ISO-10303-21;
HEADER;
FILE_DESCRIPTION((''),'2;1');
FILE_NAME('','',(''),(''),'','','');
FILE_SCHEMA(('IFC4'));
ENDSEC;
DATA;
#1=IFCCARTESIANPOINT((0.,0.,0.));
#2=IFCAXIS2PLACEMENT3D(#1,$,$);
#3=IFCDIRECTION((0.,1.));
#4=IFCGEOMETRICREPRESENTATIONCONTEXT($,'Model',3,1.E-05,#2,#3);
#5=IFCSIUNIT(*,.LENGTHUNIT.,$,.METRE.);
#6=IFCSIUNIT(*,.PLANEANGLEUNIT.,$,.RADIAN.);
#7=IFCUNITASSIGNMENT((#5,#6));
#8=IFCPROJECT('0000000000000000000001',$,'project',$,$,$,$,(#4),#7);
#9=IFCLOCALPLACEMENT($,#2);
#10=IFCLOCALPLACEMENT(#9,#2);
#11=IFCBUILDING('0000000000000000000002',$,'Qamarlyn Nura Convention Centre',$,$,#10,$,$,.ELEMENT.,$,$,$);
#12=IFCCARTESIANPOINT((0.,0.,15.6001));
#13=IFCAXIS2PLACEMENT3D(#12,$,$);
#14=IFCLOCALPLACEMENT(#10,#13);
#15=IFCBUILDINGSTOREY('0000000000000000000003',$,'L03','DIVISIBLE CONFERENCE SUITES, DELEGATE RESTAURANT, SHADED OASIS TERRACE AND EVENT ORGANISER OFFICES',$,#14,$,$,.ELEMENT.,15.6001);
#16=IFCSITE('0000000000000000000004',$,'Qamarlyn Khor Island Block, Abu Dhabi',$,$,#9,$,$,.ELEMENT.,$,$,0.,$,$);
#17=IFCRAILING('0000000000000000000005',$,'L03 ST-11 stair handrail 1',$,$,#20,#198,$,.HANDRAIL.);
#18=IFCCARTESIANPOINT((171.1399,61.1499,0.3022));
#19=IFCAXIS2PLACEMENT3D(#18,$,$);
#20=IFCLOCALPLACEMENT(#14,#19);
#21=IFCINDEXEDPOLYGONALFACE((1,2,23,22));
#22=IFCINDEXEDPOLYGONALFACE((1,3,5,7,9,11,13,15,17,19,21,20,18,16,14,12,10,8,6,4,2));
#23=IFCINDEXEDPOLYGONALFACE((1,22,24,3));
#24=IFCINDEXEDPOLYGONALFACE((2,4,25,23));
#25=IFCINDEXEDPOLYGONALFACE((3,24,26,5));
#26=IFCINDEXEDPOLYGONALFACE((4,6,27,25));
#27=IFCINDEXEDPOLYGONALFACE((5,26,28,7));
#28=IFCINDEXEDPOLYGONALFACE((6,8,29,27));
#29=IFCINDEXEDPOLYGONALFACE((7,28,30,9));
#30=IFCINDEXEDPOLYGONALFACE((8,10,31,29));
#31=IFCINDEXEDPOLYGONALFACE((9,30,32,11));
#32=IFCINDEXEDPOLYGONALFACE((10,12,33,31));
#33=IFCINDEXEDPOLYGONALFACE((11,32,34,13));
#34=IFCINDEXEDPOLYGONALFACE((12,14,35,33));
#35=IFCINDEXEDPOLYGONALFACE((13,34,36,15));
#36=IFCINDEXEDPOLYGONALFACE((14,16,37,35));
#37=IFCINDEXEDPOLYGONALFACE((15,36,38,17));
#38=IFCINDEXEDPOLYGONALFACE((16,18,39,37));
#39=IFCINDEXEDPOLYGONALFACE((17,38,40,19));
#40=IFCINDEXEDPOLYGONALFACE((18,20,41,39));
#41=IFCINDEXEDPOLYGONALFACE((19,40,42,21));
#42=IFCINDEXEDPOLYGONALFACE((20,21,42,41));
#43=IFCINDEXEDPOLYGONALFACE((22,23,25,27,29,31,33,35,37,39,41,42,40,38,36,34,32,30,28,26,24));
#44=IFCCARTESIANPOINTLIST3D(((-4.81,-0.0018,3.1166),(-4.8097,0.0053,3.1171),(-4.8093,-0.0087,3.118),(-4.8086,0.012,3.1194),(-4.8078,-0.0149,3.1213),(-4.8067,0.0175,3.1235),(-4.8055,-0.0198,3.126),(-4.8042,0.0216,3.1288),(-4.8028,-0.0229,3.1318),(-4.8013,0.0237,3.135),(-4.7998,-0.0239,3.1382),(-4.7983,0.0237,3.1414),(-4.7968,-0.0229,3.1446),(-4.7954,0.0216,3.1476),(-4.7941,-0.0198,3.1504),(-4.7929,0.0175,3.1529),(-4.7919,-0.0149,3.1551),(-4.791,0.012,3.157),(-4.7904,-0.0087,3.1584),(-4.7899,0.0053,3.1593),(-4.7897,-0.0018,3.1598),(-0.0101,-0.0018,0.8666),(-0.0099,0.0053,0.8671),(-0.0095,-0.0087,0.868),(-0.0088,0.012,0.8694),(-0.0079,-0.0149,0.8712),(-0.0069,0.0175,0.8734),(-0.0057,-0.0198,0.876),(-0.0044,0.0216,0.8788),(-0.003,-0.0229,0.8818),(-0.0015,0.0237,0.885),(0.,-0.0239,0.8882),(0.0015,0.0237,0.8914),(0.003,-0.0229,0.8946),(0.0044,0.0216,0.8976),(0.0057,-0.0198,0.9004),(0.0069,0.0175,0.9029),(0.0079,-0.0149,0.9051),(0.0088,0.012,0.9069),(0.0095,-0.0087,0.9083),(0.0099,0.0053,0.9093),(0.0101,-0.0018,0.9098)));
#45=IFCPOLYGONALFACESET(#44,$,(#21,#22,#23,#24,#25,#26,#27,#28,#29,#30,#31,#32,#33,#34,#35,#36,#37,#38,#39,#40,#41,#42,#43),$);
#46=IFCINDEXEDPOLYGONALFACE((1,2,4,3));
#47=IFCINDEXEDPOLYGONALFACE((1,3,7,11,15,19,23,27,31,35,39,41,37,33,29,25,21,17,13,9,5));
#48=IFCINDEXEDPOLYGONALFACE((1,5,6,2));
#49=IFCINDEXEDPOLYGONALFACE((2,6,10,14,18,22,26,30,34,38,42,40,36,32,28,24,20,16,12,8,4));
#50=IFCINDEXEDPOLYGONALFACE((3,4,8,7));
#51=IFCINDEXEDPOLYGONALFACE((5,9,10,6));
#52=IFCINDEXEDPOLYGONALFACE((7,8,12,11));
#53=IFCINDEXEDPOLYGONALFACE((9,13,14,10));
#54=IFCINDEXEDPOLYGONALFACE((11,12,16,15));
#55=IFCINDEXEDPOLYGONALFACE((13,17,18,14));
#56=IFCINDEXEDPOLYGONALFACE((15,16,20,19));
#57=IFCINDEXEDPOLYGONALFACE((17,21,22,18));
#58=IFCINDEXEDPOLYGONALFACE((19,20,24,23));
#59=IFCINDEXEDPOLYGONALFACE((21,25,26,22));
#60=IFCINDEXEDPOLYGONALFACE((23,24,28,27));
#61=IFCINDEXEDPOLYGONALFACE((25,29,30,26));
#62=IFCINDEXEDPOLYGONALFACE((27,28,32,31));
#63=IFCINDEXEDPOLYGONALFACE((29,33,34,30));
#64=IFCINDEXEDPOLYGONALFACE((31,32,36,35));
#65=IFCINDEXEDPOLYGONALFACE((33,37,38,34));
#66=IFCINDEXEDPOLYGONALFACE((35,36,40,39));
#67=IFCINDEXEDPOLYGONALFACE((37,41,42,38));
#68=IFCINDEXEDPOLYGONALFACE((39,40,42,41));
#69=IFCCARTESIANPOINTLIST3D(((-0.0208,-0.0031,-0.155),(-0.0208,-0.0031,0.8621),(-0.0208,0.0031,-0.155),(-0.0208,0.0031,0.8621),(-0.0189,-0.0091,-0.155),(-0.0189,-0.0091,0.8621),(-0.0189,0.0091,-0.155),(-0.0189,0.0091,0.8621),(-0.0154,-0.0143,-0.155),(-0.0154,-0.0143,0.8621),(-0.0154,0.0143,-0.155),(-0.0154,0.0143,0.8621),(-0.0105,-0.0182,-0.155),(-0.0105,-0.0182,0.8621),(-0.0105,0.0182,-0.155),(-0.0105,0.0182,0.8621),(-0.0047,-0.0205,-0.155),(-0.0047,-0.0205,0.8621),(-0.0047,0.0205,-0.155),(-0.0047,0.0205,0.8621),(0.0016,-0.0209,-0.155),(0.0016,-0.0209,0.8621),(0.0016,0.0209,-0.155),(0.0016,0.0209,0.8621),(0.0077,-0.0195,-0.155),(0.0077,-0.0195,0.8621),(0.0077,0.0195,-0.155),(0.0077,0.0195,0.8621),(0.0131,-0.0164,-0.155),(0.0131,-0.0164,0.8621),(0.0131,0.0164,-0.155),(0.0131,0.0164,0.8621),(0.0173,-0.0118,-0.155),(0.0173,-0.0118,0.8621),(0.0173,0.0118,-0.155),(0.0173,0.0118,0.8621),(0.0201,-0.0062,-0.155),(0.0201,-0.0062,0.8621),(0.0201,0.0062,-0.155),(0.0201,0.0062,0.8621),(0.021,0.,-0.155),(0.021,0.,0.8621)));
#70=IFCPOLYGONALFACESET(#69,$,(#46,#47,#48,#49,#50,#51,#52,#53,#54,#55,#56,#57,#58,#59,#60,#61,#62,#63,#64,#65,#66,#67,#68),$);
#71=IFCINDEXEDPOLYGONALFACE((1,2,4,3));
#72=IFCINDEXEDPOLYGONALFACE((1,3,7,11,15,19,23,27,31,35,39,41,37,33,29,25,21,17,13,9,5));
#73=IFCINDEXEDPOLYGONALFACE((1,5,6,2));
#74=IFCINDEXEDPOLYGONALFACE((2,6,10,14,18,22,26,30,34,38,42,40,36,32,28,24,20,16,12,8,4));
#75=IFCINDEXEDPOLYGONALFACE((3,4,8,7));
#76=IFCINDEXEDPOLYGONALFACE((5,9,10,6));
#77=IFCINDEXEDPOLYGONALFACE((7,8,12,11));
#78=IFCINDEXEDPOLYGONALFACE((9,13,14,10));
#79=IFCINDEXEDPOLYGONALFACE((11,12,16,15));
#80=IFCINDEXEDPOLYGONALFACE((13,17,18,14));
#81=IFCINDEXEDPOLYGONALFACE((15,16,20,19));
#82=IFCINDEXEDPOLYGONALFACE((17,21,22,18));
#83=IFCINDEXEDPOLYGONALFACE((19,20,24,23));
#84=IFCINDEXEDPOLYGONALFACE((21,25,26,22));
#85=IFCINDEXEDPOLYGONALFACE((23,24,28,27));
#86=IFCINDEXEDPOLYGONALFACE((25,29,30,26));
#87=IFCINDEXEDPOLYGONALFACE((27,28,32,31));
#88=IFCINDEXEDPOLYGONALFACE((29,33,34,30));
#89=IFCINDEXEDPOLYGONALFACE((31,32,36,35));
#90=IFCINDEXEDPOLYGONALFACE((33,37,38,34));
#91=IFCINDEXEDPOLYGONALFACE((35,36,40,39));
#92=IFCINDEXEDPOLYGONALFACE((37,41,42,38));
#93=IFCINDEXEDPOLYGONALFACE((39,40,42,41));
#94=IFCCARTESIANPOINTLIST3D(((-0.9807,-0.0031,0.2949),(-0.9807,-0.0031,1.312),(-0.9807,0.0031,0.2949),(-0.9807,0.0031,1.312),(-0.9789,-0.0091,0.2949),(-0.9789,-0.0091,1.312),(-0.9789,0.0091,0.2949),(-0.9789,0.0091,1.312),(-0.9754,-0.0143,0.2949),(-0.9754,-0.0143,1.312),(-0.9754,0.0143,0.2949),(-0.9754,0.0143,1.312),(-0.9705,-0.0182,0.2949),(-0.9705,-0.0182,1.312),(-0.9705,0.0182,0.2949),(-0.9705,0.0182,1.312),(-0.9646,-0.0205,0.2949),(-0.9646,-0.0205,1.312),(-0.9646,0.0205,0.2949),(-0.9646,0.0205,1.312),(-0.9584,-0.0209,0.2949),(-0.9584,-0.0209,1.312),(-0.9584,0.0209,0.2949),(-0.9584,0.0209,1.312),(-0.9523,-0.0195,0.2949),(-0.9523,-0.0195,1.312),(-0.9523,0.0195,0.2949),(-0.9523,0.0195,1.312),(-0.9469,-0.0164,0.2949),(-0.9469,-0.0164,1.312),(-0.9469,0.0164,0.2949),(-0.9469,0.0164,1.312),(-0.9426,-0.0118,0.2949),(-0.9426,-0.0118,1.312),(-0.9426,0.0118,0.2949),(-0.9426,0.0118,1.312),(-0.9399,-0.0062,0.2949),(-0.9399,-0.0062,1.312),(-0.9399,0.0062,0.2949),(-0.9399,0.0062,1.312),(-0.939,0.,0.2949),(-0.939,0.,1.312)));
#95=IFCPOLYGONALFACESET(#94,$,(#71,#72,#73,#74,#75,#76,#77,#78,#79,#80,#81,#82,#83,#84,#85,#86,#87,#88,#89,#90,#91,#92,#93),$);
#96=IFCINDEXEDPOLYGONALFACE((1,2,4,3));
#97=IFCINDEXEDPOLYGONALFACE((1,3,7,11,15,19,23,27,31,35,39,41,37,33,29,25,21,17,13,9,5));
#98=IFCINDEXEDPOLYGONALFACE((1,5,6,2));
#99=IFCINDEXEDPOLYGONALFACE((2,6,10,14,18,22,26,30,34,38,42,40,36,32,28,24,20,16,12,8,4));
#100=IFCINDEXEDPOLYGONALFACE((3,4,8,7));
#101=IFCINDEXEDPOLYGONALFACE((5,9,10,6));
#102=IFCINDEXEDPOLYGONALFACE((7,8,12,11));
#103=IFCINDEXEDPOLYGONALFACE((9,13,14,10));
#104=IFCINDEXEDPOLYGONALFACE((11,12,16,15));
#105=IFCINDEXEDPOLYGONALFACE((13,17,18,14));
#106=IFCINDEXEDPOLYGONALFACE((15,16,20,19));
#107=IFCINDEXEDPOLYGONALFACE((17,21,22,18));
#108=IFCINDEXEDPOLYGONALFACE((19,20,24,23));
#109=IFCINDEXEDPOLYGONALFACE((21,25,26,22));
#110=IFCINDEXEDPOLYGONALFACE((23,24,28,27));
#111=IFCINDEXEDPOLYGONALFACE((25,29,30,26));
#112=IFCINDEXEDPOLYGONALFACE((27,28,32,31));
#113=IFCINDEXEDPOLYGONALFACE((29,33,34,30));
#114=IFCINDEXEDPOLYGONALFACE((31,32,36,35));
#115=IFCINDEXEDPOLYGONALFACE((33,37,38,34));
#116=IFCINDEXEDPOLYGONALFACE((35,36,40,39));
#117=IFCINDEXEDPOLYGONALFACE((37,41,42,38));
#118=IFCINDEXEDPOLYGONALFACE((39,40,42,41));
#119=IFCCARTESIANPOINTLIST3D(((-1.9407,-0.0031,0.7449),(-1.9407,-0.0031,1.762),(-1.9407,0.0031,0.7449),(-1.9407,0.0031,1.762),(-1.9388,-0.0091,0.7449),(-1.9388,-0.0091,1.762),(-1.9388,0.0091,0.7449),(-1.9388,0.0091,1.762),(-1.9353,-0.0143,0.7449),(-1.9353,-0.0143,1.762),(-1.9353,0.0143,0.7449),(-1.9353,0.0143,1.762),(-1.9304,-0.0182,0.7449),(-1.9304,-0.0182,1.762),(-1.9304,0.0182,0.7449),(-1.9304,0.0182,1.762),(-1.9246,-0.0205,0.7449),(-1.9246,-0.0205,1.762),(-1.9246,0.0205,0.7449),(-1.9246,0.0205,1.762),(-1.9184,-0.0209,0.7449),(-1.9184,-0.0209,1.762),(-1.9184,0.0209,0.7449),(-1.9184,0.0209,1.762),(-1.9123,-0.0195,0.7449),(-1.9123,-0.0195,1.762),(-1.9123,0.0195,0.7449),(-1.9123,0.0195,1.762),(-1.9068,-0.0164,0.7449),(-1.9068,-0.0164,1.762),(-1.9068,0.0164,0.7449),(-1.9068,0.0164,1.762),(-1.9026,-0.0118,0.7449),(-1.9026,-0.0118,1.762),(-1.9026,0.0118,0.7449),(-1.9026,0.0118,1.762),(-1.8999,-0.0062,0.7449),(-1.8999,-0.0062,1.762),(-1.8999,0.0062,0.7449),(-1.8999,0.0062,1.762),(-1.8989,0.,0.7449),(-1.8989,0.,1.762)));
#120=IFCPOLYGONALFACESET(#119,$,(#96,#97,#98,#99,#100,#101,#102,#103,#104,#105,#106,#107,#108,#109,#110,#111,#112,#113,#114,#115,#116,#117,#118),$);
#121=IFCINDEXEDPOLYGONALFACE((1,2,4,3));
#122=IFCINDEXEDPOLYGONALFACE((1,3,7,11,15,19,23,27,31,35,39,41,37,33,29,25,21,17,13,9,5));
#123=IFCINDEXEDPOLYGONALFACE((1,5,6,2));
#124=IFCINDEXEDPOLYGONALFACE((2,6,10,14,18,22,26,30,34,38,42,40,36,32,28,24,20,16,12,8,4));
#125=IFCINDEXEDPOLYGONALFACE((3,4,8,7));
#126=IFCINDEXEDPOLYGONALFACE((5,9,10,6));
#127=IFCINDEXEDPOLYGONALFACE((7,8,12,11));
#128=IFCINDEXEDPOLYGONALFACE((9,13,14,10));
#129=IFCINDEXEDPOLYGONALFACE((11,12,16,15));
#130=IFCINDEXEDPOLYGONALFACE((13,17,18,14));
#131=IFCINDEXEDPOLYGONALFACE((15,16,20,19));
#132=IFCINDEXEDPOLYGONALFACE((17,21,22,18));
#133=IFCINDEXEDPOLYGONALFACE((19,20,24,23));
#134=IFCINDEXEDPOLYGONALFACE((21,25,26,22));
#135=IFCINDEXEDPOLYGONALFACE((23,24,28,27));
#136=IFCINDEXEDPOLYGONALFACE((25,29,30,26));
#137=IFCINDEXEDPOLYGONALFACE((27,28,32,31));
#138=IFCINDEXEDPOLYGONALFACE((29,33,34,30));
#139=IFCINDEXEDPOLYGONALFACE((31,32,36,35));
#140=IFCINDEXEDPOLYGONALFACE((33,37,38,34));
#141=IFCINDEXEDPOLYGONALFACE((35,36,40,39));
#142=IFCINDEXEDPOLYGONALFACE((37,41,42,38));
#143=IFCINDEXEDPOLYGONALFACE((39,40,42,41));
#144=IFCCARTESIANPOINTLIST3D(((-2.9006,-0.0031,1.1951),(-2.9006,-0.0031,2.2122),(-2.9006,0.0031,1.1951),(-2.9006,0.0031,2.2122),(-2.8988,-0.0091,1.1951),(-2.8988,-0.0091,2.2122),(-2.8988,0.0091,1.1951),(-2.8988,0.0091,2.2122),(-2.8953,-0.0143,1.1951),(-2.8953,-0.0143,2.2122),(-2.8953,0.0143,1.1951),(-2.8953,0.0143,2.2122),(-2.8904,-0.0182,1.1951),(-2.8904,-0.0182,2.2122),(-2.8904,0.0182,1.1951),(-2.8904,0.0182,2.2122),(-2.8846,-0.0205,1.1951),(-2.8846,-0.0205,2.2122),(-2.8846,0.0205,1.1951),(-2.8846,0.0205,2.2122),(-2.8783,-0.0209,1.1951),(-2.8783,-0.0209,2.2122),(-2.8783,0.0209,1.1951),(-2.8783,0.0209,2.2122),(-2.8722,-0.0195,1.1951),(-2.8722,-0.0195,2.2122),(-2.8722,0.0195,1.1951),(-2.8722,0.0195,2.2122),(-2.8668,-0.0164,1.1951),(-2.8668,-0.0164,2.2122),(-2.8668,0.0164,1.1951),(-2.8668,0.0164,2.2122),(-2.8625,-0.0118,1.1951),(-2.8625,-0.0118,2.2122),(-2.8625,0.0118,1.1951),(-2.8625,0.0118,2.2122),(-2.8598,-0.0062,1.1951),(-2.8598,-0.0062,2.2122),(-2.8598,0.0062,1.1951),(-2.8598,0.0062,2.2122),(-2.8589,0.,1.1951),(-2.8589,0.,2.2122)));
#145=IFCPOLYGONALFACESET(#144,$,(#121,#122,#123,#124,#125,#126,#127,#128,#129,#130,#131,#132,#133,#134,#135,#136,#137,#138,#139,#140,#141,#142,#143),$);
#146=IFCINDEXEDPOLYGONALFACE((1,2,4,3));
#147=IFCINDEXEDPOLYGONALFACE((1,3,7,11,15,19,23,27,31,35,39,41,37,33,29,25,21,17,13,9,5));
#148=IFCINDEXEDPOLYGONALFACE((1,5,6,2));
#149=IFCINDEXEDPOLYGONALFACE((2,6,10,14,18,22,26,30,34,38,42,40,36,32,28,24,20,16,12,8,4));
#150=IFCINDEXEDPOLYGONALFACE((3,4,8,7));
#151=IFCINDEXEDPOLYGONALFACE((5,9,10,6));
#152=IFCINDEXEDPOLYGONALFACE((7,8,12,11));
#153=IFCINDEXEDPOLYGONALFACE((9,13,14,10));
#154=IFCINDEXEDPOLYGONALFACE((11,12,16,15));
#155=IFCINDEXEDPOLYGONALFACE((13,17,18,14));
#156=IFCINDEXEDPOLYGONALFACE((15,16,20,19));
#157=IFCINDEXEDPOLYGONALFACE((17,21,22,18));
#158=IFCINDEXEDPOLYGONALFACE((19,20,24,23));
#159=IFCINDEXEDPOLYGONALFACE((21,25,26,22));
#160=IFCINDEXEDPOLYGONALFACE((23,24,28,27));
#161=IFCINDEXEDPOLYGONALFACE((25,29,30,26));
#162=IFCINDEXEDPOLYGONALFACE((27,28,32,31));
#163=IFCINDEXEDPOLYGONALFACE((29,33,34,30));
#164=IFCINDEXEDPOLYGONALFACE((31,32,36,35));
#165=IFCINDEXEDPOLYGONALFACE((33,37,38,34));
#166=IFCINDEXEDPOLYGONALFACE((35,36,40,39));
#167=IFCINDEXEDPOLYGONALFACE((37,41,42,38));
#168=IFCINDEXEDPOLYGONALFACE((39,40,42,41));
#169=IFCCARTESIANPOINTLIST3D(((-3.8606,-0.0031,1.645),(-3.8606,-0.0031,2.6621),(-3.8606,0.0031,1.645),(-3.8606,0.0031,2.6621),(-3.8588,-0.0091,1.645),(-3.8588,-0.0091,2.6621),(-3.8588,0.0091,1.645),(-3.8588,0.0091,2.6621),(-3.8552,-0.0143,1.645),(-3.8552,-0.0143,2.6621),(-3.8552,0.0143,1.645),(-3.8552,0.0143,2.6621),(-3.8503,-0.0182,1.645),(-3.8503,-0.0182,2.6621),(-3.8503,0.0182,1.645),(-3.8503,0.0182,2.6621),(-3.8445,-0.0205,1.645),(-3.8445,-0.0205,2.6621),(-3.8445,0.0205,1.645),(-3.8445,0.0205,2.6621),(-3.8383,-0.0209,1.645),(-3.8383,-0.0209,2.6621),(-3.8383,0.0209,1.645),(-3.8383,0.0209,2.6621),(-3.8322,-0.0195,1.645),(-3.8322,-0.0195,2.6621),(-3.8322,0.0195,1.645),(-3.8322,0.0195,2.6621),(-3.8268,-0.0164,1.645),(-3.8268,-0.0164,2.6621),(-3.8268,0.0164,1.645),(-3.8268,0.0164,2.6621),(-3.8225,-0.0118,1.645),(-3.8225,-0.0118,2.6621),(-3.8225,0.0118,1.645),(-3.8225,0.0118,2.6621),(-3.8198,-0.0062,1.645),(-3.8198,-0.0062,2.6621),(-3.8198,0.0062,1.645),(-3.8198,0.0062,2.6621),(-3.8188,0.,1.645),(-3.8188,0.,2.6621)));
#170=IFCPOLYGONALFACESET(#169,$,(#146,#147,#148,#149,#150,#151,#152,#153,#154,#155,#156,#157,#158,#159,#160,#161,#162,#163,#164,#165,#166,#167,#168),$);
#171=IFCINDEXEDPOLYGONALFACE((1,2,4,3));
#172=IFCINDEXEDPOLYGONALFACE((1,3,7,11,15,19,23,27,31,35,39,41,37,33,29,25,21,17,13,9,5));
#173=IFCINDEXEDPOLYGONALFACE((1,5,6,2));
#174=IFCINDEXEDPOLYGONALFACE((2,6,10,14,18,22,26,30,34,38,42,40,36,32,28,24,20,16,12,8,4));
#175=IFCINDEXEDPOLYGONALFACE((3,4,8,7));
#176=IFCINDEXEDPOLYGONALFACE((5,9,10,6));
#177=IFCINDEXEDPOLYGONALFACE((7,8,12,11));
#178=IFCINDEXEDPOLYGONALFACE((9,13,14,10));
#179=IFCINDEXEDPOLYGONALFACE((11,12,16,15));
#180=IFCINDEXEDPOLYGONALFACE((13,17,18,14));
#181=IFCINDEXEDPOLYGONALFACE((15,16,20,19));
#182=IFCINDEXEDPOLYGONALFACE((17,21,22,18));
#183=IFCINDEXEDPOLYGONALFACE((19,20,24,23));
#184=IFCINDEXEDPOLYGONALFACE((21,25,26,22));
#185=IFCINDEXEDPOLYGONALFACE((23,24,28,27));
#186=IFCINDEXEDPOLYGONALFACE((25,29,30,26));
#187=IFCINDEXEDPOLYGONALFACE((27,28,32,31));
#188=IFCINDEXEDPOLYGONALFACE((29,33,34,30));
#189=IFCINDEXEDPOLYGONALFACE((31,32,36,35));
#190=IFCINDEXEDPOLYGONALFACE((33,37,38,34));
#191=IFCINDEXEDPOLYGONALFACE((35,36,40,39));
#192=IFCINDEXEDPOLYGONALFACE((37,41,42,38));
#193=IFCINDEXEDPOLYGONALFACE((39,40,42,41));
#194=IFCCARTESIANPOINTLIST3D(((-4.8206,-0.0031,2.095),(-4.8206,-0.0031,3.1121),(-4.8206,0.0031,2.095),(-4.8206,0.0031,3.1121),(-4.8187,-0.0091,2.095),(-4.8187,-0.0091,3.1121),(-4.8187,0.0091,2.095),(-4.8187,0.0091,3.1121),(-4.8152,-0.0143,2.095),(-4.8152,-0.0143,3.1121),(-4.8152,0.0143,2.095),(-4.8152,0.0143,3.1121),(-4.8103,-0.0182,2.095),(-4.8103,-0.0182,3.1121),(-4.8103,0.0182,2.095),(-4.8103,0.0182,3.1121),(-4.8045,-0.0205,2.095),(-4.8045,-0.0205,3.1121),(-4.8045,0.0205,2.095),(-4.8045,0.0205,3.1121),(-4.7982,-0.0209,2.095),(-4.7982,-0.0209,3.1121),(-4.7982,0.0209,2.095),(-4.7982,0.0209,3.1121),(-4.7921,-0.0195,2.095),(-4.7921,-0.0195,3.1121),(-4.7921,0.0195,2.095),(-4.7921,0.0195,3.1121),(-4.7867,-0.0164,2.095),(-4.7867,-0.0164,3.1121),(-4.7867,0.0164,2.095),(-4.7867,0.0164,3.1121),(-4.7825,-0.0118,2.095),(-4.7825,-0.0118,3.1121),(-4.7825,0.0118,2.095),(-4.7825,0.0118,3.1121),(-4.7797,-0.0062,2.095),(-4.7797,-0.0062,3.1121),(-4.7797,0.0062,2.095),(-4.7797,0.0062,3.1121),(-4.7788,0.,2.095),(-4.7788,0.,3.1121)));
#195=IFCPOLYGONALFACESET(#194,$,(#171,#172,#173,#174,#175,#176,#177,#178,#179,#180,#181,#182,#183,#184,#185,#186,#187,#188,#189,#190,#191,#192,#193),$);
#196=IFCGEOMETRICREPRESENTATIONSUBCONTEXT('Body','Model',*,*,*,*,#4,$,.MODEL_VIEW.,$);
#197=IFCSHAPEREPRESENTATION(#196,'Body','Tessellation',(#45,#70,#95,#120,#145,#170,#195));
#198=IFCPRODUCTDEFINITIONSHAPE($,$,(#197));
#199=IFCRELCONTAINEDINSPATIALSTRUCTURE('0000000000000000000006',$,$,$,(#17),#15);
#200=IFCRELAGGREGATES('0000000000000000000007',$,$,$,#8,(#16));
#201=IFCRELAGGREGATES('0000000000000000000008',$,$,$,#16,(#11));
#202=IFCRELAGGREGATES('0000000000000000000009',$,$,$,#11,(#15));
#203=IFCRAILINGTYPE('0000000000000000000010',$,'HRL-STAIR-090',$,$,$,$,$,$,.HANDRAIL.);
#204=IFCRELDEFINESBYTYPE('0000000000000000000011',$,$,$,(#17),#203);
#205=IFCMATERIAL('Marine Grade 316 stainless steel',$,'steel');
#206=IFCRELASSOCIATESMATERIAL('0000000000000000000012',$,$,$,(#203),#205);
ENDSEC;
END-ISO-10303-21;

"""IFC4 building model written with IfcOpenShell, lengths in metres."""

from ifc_helpers import new_model, si_unit, direction, frame, origin, origin_2d, place, context, subcontext, project, spatial, circle, extrude, material, type_object, element, save


model = new_model("IFC4")

# Units and contexts
model_context = context("Model", 3, precision=1e-05, world=origin(), true_north=direction((0.0, 1.0)))
body_context = subcontext(model_context, "Body", "Model", "MODEL_VIEW")
ifc_project = project(units=[si_unit("LENGTHUNIT", "METRE"), si_unit("PLANEANGLEUNIT", "RADIAN")], contexts=[model_context])

# Site, building, storey
site_placement = place(None, origin())
site = spatial("IfcSite", under=ifc_project, at=site_placement, Name="Qamarlyn Khor Island Block, Abu Dhabi", CompositionType="ELEMENT", RefElevation=0.0)
building_placement = place(site_placement, origin())
building = spatial("IfcBuilding", under=site, at=building_placement, Name="Qamarlyn Nura Convention Centre", CompositionType="ELEMENT")
storey_placement = place(building_placement, frame((0.0, 0.0, 15.6001)))
storey = spatial("IfcBuildingStorey", under=building, at=storey_placement, Name="L03", Description="DIVISIBLE CONFERENCE SUITES, DELEGATE RESTAURANT, SHADED OASIS TERRACE AND EVENT ORGANISER OFFICES", CompositionType="ELEMENT", Elevation=15.6001)

# Railing
ifc_material_1 = material(Name="Marine Grade 316 stainless steel", Category="steel")
railing_type_1 = type_object("IfcRailingType", Name="HRL-STAIR-090", PredefinedType="HANDRAIL", material=ifc_material_1)
railing_1_placement = place(storey_placement, frame((171.1399, 61.1499, 0.3022)))
element("IfcRailing", 1, at=railing_1_placement, inside=storey, type_object=railing_type_1, Name="L03 ST-11 stair handrail 1", PredefinedType="HANDRAIL", context=body_context, shape_type="SweptSolid", body=[
    extrude(circle(Radius=0.0239, at=origin_2d()), frame((0.0, 0.0, 0.8882), z_axis=(-0.905452, 0.0, 0.424448), x_axis=(0.0, -1.0, 0.0)), (0.0, 0.0, 1.0), 5.301),
    extrude(circle(Radius=0.021, at=origin_2d()), frame((0.0, 0.0, -0.155)), (0.0, 0.0, 1.0), 1.0171),
    extrude(circle(Radius=0.021, at=origin_2d()), frame((-0.96, 0.0, 0.2949)), (0.0, 0.0, 1.0), 1.0171),
    extrude(circle(Radius=0.021, at=origin_2d()), frame((-1.9199, 0.0, 0.7449)), (0.0, 0.0, 1.0), 1.0171),
    extrude(circle(Radius=0.021, at=origin_2d()), frame((-2.8799, 0.0, 1.1951)), (0.0, 0.0, 1.0), 1.0171),
    extrude(circle(Radius=0.021, at=origin_2d()), frame((-3.8398, 0.0, 1.645)), (0.0, 0.0, 1.0), 1.0171),
    extrude(circle(Radius=0.021, at=origin_2d()), frame((-4.7998, 0.0, 2.095)), (0.0, 0.0, 1.0), 1.0171),
])

save(model, "model.ifc")
